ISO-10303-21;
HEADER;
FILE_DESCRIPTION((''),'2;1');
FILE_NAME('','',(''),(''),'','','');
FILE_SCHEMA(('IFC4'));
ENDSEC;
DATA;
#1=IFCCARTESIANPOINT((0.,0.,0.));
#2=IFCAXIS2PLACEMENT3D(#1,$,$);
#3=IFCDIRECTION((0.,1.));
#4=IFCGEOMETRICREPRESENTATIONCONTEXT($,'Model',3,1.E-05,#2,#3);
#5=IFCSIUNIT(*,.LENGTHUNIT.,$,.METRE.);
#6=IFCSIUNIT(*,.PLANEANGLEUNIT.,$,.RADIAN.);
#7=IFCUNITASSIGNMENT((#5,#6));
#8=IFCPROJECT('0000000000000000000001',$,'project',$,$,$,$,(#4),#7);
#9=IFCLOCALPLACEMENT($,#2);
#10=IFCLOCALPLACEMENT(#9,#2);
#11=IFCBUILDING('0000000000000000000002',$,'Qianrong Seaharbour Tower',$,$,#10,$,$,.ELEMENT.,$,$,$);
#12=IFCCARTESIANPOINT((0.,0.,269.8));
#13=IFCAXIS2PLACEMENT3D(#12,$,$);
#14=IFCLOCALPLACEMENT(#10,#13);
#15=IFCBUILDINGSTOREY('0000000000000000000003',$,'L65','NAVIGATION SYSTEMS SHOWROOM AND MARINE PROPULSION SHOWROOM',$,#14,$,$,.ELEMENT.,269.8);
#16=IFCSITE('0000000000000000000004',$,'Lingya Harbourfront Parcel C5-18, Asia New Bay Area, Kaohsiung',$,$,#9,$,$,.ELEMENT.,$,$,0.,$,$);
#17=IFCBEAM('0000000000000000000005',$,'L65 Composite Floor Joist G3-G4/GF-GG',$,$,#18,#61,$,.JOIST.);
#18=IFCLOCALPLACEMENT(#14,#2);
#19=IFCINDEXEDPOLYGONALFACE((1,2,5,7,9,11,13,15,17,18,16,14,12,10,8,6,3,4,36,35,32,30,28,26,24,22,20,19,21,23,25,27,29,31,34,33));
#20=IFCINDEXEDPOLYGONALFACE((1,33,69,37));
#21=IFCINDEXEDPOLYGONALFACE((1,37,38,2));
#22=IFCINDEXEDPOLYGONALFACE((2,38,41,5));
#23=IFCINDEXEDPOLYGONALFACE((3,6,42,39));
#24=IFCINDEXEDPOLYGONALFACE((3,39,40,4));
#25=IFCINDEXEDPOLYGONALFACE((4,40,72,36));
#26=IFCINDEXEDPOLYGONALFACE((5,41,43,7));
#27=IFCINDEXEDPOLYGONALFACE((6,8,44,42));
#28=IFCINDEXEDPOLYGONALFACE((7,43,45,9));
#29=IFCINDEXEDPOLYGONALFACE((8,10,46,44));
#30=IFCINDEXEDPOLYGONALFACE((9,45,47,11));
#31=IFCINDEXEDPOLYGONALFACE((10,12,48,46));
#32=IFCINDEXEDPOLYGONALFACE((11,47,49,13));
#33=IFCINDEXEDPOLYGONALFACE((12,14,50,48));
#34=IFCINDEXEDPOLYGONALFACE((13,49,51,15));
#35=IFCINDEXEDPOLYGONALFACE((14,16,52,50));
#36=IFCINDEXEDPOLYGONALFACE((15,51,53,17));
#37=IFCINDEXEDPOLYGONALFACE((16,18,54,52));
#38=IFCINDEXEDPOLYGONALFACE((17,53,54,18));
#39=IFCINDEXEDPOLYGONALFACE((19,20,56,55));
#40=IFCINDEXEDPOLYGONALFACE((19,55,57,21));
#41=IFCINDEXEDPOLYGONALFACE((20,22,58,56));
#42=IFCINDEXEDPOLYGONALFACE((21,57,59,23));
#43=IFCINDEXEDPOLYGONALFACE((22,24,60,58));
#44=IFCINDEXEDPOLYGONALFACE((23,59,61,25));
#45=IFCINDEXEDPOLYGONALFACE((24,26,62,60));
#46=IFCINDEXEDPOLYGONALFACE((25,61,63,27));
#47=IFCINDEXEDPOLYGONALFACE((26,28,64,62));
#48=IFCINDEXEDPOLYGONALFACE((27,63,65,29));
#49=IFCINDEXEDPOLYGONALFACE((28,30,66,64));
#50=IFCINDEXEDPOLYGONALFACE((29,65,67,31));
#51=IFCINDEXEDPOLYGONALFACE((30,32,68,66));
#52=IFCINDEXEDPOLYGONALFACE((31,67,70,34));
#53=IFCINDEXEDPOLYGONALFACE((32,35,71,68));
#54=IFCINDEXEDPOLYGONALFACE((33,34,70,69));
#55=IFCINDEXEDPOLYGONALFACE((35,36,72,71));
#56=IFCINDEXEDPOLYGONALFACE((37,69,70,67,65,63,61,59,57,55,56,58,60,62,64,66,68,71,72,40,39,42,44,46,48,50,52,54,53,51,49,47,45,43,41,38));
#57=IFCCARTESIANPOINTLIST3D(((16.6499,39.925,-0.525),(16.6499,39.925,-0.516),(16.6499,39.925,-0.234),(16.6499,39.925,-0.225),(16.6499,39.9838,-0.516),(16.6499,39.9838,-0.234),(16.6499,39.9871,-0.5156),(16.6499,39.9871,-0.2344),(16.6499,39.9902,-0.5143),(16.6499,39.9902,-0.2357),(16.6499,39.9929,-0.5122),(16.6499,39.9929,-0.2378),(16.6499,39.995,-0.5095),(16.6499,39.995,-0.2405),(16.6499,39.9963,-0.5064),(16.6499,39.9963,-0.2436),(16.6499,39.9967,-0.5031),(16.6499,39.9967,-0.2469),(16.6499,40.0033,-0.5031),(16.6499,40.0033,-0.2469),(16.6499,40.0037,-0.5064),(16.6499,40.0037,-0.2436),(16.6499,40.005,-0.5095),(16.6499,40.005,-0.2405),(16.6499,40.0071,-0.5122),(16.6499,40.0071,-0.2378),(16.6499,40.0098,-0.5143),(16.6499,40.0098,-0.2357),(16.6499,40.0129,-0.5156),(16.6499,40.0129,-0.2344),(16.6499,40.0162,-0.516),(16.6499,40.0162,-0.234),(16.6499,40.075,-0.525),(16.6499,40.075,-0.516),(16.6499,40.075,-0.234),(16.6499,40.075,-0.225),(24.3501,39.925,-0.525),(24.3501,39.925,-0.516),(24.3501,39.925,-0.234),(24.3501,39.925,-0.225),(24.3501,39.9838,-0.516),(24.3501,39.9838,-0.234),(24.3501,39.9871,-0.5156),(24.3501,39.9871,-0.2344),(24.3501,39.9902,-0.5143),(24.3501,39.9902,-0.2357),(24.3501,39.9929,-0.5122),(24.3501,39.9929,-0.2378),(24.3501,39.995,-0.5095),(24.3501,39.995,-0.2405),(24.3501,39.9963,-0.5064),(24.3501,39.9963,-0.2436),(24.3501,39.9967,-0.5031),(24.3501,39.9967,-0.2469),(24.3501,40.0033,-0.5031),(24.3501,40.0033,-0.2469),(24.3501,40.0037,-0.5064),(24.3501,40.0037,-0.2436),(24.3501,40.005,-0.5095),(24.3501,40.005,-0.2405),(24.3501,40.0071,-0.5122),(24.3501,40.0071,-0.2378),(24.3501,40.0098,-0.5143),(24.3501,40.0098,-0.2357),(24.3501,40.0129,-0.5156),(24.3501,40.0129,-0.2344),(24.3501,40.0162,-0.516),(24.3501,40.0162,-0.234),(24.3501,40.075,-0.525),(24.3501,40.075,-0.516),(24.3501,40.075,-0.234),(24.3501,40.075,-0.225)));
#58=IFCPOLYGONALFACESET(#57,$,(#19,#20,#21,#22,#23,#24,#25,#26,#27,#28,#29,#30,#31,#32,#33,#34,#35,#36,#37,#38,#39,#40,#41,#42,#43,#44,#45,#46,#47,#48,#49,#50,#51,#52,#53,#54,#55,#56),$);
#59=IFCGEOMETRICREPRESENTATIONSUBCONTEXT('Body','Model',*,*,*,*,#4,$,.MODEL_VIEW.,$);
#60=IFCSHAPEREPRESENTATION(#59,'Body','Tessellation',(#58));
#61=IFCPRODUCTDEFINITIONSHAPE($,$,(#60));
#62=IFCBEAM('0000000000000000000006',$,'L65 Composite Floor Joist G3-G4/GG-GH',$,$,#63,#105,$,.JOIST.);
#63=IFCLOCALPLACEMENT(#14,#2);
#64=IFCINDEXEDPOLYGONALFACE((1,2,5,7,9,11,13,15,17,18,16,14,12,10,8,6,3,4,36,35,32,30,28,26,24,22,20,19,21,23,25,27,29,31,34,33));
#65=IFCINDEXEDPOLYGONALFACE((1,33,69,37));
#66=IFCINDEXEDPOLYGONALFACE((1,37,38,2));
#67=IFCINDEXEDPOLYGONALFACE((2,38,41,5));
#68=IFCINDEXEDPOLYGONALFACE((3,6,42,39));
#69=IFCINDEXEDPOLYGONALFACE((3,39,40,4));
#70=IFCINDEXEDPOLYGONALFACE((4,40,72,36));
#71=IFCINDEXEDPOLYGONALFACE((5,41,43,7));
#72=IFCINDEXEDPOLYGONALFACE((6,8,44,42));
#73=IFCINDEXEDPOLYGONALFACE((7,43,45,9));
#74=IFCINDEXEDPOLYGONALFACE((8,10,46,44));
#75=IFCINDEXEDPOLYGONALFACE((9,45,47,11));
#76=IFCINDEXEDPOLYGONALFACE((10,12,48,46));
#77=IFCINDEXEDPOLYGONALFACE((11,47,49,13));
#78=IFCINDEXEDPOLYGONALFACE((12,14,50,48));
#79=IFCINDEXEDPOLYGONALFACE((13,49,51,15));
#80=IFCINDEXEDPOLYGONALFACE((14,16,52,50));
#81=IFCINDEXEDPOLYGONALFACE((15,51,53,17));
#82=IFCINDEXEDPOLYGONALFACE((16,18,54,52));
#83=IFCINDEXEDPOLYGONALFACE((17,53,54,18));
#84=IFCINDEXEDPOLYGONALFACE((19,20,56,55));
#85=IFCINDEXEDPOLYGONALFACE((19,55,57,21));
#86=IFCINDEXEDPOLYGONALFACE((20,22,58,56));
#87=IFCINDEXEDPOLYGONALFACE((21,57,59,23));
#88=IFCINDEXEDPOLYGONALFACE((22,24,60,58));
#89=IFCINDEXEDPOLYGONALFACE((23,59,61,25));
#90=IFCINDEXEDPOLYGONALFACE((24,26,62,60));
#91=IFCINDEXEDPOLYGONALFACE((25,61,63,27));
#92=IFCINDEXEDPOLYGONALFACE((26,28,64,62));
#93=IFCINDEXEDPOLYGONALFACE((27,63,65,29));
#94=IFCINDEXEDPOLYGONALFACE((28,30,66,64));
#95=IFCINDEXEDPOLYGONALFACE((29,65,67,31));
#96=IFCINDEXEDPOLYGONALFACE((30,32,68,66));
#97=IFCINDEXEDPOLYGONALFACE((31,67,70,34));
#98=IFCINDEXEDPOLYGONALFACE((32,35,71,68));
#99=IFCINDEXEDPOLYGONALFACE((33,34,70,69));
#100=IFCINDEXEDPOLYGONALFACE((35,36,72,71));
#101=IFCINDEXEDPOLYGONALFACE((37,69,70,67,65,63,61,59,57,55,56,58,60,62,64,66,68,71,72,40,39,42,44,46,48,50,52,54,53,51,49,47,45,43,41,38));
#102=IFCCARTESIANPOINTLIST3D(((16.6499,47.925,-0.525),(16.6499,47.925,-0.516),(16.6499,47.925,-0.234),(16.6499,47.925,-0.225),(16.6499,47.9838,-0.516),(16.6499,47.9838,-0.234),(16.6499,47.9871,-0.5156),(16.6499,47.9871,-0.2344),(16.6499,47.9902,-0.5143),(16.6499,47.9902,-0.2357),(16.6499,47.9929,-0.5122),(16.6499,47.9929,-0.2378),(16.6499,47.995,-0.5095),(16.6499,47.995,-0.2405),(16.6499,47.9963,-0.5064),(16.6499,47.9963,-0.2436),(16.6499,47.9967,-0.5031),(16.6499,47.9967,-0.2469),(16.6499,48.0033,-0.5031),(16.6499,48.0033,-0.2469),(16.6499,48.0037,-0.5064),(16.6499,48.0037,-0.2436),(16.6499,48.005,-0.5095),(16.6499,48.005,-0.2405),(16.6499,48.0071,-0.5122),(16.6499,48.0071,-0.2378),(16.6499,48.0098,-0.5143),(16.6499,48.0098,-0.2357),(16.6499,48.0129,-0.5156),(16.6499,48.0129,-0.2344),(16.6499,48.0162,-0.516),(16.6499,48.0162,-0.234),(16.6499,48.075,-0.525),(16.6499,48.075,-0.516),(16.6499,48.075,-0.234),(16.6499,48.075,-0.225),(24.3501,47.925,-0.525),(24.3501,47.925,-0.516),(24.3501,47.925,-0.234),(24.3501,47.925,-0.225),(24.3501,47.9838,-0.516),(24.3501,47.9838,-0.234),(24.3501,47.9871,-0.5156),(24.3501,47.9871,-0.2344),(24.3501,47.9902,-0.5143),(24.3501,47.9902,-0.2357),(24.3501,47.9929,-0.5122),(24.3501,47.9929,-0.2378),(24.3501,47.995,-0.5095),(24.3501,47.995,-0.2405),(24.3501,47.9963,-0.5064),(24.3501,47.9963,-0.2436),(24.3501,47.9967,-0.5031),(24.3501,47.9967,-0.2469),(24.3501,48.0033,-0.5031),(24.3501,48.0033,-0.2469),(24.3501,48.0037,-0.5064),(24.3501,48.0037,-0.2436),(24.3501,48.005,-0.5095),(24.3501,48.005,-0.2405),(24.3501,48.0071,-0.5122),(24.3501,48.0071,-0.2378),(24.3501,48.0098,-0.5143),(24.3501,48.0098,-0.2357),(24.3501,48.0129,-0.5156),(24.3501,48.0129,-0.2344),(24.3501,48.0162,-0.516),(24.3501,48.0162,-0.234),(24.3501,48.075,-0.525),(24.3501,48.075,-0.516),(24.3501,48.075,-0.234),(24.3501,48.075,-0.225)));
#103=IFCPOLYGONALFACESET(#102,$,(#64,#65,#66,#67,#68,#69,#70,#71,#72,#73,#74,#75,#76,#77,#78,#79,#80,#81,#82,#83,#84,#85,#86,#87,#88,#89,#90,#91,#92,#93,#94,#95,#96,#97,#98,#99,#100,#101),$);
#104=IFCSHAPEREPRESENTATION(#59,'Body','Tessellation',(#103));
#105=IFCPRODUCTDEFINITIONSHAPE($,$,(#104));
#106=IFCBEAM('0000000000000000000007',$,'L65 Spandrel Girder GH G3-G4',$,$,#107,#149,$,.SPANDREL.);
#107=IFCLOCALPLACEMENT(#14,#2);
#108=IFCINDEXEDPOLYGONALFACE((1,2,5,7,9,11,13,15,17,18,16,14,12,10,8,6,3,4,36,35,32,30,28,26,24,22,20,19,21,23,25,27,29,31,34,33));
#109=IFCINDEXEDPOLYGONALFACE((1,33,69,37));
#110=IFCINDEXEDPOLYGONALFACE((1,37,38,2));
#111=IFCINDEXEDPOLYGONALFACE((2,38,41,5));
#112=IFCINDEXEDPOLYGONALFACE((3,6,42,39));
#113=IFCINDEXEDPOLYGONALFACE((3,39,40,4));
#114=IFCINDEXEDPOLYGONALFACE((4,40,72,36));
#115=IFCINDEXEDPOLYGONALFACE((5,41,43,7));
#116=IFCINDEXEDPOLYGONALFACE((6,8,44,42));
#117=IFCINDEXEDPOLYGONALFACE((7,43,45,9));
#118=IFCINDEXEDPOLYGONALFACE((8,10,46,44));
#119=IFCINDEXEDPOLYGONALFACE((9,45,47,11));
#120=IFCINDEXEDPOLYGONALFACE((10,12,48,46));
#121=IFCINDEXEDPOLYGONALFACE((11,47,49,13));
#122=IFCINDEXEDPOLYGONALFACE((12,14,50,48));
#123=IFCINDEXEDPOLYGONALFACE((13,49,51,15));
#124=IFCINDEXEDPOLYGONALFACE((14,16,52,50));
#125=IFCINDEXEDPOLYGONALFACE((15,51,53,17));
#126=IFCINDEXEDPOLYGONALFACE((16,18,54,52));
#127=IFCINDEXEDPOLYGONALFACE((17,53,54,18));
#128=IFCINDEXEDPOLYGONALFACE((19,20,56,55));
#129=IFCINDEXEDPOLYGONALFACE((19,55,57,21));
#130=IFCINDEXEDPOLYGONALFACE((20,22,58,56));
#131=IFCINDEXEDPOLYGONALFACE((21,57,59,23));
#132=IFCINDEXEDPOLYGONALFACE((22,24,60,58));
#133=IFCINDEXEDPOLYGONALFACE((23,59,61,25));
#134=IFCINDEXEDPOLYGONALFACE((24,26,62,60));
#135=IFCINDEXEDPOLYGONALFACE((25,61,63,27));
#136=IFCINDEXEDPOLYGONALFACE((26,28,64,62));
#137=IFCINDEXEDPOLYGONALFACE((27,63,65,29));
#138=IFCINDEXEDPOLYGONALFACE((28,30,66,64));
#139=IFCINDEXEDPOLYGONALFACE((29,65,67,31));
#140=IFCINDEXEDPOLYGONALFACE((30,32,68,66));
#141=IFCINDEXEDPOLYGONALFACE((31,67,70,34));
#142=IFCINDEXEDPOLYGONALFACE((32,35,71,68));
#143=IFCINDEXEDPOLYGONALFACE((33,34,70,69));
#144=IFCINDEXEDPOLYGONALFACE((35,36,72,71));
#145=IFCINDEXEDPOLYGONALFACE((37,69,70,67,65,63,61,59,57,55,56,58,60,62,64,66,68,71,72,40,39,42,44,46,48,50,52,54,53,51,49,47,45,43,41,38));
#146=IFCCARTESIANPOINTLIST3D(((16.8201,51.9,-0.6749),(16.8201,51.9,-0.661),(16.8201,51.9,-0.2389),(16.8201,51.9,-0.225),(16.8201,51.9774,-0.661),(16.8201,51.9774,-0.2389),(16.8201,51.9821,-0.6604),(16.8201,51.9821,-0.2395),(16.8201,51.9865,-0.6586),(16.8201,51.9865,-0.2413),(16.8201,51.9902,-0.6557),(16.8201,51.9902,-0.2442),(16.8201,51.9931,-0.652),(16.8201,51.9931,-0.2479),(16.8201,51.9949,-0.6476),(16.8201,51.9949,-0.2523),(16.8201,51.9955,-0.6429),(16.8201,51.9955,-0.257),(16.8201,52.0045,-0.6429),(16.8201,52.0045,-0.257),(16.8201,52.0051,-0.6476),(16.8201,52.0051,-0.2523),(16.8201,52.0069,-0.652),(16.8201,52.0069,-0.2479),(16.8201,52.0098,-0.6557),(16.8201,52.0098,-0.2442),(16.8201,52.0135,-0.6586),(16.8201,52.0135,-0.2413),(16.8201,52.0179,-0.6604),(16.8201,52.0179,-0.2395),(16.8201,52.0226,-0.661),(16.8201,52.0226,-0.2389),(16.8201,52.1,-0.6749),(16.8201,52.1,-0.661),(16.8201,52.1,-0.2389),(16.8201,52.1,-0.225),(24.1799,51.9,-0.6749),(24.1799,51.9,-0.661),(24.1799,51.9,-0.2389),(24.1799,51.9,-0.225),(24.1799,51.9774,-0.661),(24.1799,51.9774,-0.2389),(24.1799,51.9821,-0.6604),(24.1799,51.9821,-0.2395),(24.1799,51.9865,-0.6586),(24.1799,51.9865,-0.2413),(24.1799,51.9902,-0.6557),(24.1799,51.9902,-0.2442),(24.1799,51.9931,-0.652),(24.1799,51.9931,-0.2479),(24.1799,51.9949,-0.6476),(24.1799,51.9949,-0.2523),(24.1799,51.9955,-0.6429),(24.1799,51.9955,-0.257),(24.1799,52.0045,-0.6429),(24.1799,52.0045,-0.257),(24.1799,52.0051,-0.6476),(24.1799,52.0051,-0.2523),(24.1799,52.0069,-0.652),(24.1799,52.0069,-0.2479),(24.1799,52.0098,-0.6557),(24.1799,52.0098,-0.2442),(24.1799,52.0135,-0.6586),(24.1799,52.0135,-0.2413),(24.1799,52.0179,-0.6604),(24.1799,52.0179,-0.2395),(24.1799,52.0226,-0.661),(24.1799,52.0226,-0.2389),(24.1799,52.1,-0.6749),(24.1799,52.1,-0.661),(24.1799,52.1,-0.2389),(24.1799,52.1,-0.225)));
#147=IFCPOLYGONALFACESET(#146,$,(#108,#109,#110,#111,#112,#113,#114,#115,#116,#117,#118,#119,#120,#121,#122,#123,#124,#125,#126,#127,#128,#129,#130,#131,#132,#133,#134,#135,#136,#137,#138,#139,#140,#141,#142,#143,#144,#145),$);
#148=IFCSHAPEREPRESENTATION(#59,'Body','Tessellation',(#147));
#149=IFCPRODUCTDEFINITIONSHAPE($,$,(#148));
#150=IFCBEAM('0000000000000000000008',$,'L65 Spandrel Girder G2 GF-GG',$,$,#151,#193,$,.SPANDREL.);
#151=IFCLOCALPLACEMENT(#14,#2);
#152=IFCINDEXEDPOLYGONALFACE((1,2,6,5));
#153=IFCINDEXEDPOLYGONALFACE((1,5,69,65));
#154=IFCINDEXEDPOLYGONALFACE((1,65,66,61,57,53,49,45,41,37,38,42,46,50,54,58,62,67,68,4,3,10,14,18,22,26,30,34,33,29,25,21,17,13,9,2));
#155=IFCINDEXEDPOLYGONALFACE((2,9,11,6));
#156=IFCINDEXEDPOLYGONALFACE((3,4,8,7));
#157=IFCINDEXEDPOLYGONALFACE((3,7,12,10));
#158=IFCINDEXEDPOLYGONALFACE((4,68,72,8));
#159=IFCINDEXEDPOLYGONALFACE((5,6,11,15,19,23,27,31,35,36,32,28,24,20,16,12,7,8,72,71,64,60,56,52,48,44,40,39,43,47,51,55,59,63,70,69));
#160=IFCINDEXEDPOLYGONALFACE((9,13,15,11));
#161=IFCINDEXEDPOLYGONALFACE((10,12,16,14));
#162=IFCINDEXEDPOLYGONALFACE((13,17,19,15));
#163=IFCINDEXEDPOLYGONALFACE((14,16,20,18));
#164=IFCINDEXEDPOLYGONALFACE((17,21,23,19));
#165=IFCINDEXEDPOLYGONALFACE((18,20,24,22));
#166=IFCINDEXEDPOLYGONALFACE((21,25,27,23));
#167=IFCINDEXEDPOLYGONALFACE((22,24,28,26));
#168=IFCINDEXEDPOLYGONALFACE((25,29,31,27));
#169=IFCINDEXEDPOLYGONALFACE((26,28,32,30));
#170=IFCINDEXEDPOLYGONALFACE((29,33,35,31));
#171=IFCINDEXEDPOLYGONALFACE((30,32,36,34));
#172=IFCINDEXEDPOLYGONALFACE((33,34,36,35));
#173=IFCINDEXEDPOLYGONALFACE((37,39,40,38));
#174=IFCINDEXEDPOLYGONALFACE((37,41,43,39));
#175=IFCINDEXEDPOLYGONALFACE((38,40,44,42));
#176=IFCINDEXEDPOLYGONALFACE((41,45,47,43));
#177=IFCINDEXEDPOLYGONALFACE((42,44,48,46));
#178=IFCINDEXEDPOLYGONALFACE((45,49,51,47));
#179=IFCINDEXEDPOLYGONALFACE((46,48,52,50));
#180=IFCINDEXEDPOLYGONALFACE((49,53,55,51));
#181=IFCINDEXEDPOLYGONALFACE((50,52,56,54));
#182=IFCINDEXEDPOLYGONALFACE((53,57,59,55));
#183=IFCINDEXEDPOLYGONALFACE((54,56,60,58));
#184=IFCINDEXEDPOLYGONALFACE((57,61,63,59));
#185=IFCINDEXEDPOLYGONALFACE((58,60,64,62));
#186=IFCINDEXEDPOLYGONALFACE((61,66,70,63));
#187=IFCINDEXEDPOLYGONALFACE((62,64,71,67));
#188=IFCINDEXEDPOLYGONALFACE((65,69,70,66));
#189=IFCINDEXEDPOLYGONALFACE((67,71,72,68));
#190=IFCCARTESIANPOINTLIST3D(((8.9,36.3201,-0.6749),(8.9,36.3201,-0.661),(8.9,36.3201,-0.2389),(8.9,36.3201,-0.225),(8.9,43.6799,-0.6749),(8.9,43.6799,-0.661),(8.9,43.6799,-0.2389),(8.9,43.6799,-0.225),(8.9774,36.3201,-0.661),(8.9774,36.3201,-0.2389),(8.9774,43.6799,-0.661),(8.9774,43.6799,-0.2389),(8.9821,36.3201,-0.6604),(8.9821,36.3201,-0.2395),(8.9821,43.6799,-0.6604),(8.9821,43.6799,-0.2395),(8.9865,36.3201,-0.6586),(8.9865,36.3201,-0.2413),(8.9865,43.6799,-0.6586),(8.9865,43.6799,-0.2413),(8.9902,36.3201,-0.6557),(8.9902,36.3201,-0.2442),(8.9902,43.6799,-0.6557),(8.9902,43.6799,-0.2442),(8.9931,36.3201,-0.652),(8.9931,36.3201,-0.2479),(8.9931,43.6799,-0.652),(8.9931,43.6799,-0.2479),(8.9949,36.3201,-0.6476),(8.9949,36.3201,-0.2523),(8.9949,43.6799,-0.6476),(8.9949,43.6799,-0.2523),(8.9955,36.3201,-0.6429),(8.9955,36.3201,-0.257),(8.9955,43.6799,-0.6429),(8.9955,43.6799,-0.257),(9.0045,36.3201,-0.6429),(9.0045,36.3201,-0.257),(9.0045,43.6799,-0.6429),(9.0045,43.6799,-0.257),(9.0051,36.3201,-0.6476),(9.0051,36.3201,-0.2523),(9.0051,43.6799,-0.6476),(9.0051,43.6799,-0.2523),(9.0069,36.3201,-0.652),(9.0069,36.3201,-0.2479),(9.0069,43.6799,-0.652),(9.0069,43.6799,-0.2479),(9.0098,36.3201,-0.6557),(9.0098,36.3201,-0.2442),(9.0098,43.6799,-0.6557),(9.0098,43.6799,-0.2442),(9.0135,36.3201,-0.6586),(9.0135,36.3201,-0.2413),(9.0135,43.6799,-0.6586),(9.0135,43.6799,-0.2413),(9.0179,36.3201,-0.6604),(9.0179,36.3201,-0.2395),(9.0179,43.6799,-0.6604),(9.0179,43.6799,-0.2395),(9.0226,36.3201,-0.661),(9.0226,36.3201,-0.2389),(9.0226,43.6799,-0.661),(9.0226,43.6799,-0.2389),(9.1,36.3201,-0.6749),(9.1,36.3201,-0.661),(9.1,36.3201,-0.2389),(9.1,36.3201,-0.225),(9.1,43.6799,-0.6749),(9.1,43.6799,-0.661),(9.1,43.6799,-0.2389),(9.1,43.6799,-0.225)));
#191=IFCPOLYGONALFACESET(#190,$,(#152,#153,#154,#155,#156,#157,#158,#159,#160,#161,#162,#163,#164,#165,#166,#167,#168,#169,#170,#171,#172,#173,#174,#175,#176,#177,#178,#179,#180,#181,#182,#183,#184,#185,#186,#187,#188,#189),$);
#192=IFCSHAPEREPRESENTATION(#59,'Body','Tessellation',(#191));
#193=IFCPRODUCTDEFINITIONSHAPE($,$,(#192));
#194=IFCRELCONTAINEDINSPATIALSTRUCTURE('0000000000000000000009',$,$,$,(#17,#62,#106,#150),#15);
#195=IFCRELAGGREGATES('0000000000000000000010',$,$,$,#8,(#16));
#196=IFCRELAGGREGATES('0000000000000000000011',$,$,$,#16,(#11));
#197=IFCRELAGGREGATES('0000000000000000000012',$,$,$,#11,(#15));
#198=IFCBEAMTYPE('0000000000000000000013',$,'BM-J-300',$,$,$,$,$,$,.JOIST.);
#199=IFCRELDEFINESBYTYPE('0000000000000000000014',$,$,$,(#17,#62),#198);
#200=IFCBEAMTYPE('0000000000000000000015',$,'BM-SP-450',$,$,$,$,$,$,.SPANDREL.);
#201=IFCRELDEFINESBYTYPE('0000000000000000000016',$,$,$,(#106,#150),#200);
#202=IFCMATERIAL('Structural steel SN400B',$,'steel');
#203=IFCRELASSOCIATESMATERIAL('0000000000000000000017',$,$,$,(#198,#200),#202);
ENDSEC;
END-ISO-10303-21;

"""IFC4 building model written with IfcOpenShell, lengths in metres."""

from ifc_helpers import new_model, si_unit, direction, frame, origin, origin_2d, place, context, subcontext, project, spatial, i_section, extrude, material, material_profile, profile_set, type_object, element, save


model = new_model("IFC4")

# Units and contexts
model_context = context("Model", 3, precision=1e-05, world=origin(), true_north=direction((0.0, 1.0)))
body_context = subcontext(model_context, "Body", "Model", "MODEL_VIEW")
ifc_project = project(units=[si_unit("LENGTHUNIT", "METRE"), si_unit("PLANEANGLEUNIT", "RADIAN")], contexts=[model_context])

# Site, building, storey
site_placement = place(None, origin())
site = spatial("IfcSite", under=ifc_project, at=site_placement, Name="Lingya Harbourfront Parcel C5-18, Asia New Bay Area, Kaohsiung", CompositionType="ELEMENT", RefElevation=0.0)
building_placement = place(site_placement, origin())
building = spatial("IfcBuilding", under=site, at=building_placement, Name="Qianrong Seaharbour Tower", CompositionType="ELEMENT")
storey_placement = place(building_placement, frame((0.0, 0.0, 269.8)))
storey = spatial("IfcBuildingStorey", under=building, at=storey_placement, Name="L65", Description="NAVIGATION SYSTEMS SHOWROOM AND MARINE PROPULSION SHOWROOM", CompositionType="ELEMENT", Elevation=269.8)

# Beams
ifc_material_1 = material(Name="Structural steel SN400B", Category="steel")
ifc_material_profile_1 = material_profile(ifc_material_1, i_section(OverallWidth=0.1499, OverallDepth=0.3, WebThickness=0.0066, FlangeThickness=0.009, FilletRadius=0.0129, at=origin_2d()), Name="H300x150x6.5x9")
ifc_profile_set_1 = profile_set([ifc_material_profile_1], Name="Structural steel SN400B")
beam_type_1 = type_object("IfcBeamType", Name="BM-J-300", PredefinedType="JOIST", material=ifc_profile_set_1)
for number, where, z_axis, x_axis, name in (
    (1, (16.6499, 40.0, -0.375), (1.0, 0.0, 0.0), (0.0, 1.0, 0.0), "L65 Composite Floor Joist G3-G4/GF-GG"),
    (2, (16.6499, 48.0, -0.375), (1.0, 0.0, 0.0), (0.0, 1.0, 0.0), "L65 Composite Floor Joist G3-G4/GG-GH"),
):
    element("IfcBeam", number, at=place(storey_placement, frame(where, z_axis=z_axis, x_axis=x_axis)), inside=storey, type_object=beam_type_1, Name=name, PredefinedType="JOIST", context=body_context, shape_type="SweptSolid", body=[
        extrude(i_section(OverallWidth=0.1499, OverallDepth=0.3, WebThickness=0.0066, FlangeThickness=0.009, FilletRadius=0.0129, at=origin_2d()), origin(), (0.0, 0.0, 1.0), 7.7002),
    ])
ifc_material_profile_2 = material_profile(ifc_material_1, i_section(OverallWidth=0.2, OverallDepth=0.45, WebThickness=0.009, FlangeThickness=0.0139, FilletRadius=0.0181, at=origin_2d()), Name="H450x200x9x14")
ifc_profile_set_2 = profile_set([ifc_material_profile_2], Name="Structural steel SN400B")
beam_type_2 = type_object("IfcBeamType", Name="BM-SP-450", PredefinedType="SPANDREL", material=ifc_profile_set_2)
for number, where, z_axis, x_axis, name in (
    (3, (16.8201, 52.0, -0.45), (1.0, 0.0, 0.0), (0.0, 1.0, 0.0), "L65 Spandrel Girder GH G3-G4"),
    (4, (9.0, 36.3201, -0.45), (0.0, 1.0, 0.0), (-1.0, 0.0, 0.0), "L65 Spandrel Girder G2 GF-GG"),
):
    element("IfcBeam", number, at=place(storey_placement, frame(where, z_axis=z_axis, x_axis=x_axis)), inside=storey, type_object=beam_type_2, Name=name, PredefinedType="SPANDREL", context=body_context, shape_type="SweptSolid", body=[
        extrude(i_section(OverallWidth=0.2, OverallDepth=0.45, WebThickness=0.009, FlangeThickness=0.0139, FilletRadius=0.0181, at=origin_2d()), origin(), (0.0, 0.0, 1.0), 7.3599),
    ])

save(model, "model.ifc")
